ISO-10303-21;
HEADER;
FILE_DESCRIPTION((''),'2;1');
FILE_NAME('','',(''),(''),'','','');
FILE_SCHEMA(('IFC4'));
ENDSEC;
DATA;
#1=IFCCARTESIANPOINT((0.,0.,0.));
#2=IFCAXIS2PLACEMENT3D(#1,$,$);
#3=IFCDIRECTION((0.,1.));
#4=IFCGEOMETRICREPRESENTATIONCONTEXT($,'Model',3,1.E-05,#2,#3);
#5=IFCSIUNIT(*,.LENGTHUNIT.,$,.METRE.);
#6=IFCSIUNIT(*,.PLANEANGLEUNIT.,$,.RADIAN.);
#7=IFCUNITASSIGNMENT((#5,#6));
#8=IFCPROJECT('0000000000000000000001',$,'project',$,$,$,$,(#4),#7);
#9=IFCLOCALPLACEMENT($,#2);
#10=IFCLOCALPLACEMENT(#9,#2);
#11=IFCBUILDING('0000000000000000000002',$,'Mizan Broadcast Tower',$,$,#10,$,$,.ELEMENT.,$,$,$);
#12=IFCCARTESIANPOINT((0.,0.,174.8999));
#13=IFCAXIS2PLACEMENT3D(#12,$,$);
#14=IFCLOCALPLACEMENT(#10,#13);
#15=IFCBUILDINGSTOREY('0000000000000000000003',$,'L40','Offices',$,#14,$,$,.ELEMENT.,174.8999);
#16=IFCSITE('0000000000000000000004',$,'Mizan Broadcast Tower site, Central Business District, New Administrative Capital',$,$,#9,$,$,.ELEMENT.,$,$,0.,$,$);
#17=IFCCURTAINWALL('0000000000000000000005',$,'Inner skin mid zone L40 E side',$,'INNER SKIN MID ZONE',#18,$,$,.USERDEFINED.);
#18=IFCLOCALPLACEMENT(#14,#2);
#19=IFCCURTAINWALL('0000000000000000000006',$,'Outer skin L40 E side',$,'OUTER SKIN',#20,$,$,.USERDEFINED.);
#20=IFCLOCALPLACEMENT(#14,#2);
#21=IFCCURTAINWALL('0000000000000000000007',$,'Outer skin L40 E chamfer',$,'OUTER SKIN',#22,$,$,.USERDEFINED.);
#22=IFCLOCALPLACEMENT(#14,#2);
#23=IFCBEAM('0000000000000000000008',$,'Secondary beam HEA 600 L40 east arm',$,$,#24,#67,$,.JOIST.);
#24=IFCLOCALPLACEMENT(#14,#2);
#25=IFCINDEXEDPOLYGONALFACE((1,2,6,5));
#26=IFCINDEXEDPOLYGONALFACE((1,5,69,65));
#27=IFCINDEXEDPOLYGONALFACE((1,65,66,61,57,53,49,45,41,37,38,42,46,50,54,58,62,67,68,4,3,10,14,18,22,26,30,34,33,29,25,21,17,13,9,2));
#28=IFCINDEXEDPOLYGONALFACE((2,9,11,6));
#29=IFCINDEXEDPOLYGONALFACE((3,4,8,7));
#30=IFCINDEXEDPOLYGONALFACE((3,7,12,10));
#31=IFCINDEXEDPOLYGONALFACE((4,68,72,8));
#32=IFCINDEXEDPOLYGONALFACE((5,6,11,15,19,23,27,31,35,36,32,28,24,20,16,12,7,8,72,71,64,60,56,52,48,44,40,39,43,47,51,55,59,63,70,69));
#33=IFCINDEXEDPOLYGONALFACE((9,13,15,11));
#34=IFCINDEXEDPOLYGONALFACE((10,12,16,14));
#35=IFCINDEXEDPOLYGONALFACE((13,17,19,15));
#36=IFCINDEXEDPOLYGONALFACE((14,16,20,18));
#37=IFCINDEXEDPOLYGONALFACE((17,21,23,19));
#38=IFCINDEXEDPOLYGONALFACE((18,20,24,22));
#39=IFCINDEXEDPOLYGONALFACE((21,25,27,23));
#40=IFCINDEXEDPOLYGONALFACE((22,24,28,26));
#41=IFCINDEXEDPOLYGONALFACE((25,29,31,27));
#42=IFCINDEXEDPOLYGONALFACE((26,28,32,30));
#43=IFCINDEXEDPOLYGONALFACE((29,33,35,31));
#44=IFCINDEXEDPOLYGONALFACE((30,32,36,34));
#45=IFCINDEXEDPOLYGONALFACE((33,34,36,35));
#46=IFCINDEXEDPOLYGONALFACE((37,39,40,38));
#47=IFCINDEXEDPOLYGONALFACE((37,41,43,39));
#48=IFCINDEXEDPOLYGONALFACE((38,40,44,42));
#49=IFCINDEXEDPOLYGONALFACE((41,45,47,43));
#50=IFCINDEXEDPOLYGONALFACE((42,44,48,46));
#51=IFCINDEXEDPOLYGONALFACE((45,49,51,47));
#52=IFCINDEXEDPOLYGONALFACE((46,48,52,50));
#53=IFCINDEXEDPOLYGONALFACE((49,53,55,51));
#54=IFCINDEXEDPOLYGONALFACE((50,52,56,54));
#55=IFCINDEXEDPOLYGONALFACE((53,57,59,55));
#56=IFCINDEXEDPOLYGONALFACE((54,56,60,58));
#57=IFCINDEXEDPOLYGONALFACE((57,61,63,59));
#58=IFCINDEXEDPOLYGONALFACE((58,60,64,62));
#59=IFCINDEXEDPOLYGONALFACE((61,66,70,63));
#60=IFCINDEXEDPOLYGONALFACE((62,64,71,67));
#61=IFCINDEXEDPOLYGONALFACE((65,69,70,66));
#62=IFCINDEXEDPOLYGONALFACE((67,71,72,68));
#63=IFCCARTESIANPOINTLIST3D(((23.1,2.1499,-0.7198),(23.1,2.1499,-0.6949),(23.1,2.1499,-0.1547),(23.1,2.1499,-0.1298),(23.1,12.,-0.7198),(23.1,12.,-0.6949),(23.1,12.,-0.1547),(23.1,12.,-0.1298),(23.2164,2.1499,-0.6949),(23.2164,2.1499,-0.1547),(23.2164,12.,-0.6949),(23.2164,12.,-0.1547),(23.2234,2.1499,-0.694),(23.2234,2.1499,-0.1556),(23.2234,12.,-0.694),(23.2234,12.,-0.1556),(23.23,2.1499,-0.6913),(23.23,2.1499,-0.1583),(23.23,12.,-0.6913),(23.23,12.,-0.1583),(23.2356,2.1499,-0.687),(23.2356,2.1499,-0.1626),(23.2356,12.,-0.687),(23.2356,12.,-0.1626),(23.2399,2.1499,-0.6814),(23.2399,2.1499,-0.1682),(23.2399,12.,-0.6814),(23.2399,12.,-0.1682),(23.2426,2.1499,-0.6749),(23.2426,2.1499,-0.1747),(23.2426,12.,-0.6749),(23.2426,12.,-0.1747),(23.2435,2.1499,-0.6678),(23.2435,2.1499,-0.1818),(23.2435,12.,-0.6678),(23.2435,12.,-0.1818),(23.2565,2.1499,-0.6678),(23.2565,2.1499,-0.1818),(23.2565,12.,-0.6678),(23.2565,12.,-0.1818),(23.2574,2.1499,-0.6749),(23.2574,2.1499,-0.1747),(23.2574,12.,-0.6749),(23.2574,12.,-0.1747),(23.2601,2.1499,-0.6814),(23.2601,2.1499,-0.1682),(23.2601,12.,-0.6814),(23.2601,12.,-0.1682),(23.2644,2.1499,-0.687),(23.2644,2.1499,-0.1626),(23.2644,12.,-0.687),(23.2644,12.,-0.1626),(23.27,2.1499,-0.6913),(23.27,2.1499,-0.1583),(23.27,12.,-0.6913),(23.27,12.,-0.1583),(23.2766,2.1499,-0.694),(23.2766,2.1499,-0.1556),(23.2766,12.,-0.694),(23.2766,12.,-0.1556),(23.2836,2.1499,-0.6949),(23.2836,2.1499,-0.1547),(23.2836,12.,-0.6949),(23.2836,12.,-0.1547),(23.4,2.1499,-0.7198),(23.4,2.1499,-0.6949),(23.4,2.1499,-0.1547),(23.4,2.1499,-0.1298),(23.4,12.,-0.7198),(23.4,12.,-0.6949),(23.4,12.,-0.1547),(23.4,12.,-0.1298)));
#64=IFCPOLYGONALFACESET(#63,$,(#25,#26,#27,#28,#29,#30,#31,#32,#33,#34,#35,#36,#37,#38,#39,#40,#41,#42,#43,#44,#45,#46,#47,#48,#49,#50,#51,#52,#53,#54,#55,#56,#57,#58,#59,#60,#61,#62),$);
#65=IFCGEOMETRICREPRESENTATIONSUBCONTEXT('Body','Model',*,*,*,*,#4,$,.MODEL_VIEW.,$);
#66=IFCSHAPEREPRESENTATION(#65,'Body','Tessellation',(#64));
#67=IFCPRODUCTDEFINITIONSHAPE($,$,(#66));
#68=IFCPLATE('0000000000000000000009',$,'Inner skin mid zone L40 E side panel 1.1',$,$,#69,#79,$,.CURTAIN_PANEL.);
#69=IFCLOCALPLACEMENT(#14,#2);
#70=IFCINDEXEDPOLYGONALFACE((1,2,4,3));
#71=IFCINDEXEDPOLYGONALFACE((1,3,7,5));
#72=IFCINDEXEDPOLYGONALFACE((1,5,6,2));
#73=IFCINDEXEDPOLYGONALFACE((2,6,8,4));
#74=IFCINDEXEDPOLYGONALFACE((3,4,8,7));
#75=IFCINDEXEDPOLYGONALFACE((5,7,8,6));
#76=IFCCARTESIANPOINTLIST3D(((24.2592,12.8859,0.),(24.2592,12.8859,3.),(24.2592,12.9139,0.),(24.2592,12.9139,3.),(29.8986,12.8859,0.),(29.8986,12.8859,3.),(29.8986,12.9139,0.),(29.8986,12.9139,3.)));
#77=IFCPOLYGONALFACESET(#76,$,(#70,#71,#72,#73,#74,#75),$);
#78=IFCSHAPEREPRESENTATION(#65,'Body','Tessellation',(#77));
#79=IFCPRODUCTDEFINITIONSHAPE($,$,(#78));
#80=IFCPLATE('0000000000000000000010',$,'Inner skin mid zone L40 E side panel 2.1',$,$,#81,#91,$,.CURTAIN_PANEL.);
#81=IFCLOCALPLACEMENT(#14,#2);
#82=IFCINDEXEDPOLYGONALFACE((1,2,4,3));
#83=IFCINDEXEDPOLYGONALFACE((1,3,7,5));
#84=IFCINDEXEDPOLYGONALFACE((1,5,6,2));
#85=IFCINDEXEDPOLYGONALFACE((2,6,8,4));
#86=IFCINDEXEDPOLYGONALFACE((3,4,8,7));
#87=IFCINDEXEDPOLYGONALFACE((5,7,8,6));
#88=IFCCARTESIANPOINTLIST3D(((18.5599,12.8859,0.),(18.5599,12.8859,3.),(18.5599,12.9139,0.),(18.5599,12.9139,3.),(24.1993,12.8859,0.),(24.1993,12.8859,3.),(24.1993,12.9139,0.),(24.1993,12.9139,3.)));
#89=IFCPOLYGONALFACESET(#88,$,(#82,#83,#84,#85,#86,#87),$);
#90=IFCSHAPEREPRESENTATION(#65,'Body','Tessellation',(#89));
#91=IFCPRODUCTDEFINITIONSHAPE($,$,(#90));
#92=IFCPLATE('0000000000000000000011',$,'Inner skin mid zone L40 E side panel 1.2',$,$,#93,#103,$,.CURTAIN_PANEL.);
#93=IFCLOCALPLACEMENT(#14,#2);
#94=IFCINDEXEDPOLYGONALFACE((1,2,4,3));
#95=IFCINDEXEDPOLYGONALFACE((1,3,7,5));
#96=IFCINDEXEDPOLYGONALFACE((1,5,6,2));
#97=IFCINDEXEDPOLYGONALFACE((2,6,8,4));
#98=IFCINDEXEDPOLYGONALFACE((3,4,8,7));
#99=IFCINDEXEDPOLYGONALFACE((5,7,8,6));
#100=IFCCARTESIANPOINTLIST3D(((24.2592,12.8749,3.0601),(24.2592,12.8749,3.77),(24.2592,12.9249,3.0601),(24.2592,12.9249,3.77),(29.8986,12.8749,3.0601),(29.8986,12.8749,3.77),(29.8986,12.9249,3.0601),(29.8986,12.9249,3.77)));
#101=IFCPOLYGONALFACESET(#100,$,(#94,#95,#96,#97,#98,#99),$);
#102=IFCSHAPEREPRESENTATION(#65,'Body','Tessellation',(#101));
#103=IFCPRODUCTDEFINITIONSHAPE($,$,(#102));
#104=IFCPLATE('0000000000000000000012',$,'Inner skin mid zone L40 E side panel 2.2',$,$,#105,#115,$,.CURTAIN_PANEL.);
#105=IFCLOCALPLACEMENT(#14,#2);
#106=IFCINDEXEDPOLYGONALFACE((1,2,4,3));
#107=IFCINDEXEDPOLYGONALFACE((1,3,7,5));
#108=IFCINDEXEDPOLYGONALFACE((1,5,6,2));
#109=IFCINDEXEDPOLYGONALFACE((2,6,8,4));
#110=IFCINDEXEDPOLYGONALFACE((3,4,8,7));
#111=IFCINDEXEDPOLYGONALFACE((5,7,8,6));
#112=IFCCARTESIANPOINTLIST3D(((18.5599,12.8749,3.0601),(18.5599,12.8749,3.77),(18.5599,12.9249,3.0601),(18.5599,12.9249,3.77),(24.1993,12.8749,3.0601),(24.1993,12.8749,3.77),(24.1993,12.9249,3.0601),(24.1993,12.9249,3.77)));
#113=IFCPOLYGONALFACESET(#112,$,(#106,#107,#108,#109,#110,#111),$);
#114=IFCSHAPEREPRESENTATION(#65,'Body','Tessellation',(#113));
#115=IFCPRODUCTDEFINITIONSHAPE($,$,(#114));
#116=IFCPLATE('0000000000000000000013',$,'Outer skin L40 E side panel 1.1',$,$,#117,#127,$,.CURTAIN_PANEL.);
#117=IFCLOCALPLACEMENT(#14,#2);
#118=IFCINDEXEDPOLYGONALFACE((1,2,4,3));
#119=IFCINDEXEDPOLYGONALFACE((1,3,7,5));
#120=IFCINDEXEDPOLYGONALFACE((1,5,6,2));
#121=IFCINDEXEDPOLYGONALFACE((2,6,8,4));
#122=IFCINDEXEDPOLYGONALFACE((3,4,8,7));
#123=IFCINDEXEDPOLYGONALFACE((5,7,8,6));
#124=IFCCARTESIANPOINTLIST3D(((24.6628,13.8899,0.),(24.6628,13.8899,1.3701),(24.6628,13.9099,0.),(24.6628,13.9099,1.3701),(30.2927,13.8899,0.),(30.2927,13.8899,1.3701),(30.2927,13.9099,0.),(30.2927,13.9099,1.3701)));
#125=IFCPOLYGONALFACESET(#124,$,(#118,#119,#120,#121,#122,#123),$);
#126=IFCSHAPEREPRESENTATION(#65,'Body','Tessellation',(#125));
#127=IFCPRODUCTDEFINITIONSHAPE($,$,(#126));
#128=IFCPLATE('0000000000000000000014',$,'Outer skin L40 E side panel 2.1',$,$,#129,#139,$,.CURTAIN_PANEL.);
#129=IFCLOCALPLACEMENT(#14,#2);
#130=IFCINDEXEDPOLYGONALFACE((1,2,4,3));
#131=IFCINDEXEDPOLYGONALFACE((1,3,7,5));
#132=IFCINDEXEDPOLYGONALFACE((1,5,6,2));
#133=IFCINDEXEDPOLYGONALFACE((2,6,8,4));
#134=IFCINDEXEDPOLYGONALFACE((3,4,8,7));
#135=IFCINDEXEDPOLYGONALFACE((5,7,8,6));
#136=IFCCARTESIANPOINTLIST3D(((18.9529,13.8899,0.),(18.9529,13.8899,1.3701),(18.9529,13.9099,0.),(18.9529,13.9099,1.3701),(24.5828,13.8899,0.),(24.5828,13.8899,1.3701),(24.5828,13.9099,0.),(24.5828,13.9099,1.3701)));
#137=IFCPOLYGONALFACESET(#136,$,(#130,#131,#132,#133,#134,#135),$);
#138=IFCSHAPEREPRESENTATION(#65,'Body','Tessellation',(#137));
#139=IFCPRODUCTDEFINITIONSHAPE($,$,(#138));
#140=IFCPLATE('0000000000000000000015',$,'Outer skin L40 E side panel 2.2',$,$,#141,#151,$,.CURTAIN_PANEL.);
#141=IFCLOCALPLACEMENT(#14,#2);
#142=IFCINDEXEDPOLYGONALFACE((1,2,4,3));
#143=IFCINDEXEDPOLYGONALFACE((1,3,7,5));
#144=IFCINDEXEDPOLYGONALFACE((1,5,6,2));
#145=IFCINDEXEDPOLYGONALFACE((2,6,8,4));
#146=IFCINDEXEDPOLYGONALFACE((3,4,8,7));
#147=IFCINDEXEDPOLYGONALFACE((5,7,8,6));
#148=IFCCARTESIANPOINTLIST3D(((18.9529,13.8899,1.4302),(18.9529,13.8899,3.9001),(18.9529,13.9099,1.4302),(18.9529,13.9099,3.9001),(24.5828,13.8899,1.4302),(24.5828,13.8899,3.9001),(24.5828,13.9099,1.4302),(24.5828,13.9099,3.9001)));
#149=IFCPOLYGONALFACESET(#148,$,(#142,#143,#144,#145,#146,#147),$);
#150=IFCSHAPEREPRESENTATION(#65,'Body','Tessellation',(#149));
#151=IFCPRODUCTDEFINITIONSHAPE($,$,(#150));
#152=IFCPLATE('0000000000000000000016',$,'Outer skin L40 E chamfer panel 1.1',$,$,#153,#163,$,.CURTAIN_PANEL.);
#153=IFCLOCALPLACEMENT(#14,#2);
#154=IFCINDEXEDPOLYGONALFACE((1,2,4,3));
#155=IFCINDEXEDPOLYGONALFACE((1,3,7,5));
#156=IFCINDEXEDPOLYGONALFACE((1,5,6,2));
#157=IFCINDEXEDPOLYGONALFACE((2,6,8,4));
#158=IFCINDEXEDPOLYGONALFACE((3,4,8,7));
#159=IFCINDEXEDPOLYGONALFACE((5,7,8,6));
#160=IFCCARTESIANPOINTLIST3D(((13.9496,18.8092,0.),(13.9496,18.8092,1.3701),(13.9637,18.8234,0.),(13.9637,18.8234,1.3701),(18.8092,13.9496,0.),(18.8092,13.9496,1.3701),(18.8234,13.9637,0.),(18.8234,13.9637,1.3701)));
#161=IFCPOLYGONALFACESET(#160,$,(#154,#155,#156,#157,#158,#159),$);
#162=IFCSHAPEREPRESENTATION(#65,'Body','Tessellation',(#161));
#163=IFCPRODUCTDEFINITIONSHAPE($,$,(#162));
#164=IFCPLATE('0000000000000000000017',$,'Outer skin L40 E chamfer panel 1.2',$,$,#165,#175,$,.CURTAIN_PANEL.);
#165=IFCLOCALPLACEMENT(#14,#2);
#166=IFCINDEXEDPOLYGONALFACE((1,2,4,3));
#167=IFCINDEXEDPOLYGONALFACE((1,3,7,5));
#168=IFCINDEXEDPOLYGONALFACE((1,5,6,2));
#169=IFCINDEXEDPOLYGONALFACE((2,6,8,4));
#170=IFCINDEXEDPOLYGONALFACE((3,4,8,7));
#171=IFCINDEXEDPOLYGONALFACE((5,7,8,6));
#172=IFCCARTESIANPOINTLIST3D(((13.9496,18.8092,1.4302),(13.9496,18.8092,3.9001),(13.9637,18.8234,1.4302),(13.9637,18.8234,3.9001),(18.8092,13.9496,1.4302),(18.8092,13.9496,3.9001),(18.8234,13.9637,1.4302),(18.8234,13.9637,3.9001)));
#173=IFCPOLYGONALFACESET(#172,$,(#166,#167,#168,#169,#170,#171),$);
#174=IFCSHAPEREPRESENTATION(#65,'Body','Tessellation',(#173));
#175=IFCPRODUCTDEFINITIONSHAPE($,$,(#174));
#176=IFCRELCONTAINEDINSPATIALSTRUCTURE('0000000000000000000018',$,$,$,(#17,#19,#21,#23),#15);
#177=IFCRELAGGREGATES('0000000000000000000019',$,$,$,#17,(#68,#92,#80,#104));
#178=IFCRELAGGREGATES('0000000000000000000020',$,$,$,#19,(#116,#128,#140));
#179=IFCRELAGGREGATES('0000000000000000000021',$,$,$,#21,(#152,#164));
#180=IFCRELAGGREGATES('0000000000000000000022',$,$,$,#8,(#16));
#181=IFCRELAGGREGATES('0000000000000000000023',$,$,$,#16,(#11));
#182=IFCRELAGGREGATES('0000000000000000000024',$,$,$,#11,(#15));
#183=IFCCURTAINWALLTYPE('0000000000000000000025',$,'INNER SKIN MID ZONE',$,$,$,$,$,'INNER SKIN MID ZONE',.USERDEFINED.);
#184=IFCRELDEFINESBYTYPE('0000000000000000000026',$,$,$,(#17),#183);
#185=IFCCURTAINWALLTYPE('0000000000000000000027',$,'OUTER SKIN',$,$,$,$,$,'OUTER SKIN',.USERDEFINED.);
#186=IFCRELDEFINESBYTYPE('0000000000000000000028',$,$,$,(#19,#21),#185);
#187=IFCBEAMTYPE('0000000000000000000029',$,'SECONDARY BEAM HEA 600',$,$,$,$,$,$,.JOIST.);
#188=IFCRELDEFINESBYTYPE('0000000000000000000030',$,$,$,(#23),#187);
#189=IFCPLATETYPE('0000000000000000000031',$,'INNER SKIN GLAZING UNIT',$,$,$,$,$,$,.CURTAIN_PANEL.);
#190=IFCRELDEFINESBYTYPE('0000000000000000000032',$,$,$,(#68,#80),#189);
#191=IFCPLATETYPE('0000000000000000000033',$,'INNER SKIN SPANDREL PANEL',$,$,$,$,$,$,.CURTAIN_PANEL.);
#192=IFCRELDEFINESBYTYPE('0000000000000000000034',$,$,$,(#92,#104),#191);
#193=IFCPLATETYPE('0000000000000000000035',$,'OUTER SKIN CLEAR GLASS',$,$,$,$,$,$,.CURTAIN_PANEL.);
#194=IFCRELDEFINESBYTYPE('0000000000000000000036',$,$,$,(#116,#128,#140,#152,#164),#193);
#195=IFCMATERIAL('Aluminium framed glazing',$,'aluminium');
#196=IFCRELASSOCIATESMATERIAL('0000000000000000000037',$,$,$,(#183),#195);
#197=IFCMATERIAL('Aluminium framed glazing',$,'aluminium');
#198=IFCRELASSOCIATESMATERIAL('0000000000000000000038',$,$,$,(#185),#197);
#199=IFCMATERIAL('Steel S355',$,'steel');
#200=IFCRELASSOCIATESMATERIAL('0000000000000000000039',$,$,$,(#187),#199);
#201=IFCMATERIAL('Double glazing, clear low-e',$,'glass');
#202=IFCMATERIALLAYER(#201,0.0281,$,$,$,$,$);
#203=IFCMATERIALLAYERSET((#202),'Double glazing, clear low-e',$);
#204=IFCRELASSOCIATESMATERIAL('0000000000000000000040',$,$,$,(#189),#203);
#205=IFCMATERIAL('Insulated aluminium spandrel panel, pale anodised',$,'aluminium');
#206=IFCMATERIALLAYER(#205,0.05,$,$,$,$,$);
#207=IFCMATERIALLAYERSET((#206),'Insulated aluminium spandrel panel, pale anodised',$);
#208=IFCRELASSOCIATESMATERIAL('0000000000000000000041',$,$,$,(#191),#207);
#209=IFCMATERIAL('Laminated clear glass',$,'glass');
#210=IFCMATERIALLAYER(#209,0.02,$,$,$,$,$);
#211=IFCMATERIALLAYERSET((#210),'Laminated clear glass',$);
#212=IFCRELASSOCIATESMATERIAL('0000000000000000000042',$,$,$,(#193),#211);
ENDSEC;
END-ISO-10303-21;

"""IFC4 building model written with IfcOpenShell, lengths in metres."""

from ifc_helpers import new_model, si_unit, direction, frame, origin, origin_2d, place, context, subcontext, project, spatial, rectangle, i_section, extrude, material, layer, layer_set, material_profile, profile_set, type_object, element, aggregate, save


model = new_model("IFC4")

# Units and contexts
model_context = context("Model", 3, precision=1e-05, world=origin(), true_north=direction((0.0, 1.0)))
body_context = subcontext(model_context, "Body", "Model", "MODEL_VIEW")
ifc_project = project(units=[si_unit("LENGTHUNIT", "METRE"), si_unit("PLANEANGLEUNIT", "RADIAN")], contexts=[model_context])

# Site, building, storey
site_placement = place(None, origin())
site = spatial("IfcSite", under=ifc_project, at=site_placement, Name="Mizan Broadcast Tower site, Central Business District, New Administrative Capital", CompositionType="ELEMENT", RefElevation=0.0)
building_placement = place(site_placement, origin())
building = spatial("IfcBuilding", under=site, at=building_placement, Name="Mizan Broadcast Tower", CompositionType="ELEMENT")
storey_placement = place(building_placement, frame((0.0, 0.0, 174.8999)))
storey = spatial("IfcBuildingStorey", under=building, at=storey_placement, Name="L40", Description="Offices", CompositionType="ELEMENT", Elevation=174.8999)

# Curtain walls
ifc_material_1 = material(Name="Aluminium framed glazing", Category="aluminium")
curtain_wall_type_1 = type_object("IfcCurtainWallType", Name="INNER SKIN MID ZONE", ElementType="INNER SKIN MID ZONE", PredefinedType="USERDEFINED", material=ifc_material_1)
curtain_wall_1_placement = place(storey_placement, origin())
curtain_wall_1 = element("IfcCurtainWall", 1, at=curtain_wall_1_placement, inside=storey, type_object=curtain_wall_type_1, Name="Inner skin mid zone L40 E side", ObjectType="INNER SKIN MID ZONE", PredefinedType="USERDEFINED")
ifc_material_2 = material(Name="Aluminium framed glazing", Category="aluminium")
curtain_wall_type_2 = type_object("IfcCurtainWallType", Name="OUTER SKIN", ElementType="OUTER SKIN", PredefinedType="USERDEFINED", material=ifc_material_2)
curtain_wall_2_placement = place(storey_placement, origin())
curtain_wall_2 = element("IfcCurtainWall", 2, at=curtain_wall_2_placement, inside=storey, type_object=curtain_wall_type_2, Name="Outer skin L40 E side", ObjectType="OUTER SKIN", PredefinedType="USERDEFINED")

# Curtain wall
curtain_wall_3_placement = place(storey_placement, origin())
curtain_wall_3 = element("IfcCurtainWall", 3, at=curtain_wall_3_placement, inside=storey, type_object=curtain_wall_type_2, Name="Outer skin L40 E chamfer", ObjectType="OUTER SKIN", PredefinedType="USERDEFINED")

# Beam
ifc_material_3 = material(Name="Steel S355", Category="steel")
ifc_material_profile_1 = material_profile(ifc_material_3, i_section(OverallWidth=0.3, OverallDepth=0.5901, WebThickness=0.0129, FlangeThickness=0.0249, FilletRadius=0.0271, at=origin_2d()), Name="HEA 600")
ifc_profile_set_1 = profile_set([ifc_material_profile_1], Name="Steel S355")
beam_type_1 = type_object("IfcBeamType", Name="SECONDARY BEAM HEA 600", PredefinedType="JOIST", material=ifc_profile_set_1)
for number, where, z_axis, x_axis, name in (
    (4, (23.25, 12.0, -0.4248), (0.0, -1.0, 0.0), (1.0, 0.0, 0.0), "Secondary beam HEA 600 L40 east arm"),
):
    element("IfcBeam", number, at=place(storey_placement, frame(where, z_axis=z_axis, x_axis=x_axis)), inside=storey, type_object=beam_type_1, Name=name, PredefinedType="JOIST", context=body_context, shape_type="SweptSolid", body=[
        extrude(i_section(OverallWidth=0.3, OverallDepth=0.5901, WebThickness=0.0129, FlangeThickness=0.0249, FilletRadius=0.0271, at=origin_2d()), origin(), (0.0, 0.0, 1.0), 9.8501),
    ])

# Plates
ifc_material_4 = material(Name="Double glazing, clear low-e", Category="glass")
ifc_layer_1 = layer(ifc_material_4, 0.0281)
ifc_layer_set_1 = layer_set([ifc_layer_1], Name="Double glazing, clear low-e")
plate_type_1 = type_object("IfcPlateType", Name="INNER SKIN GLAZING UNIT", PredefinedType="CURTAIN_PANEL", material=ifc_layer_set_1)
plate_1_placement = place(storey_placement, frame((27.0789, 12.8999, 0.0), z_axis=(0.0, 0.0, 1.0), x_axis=(-1.0, 0.0, 0.0)))
plate_1 = element("IfcPlate", 5, at=plate_1_placement, type_object=plate_type_1, Name="Inner skin mid zone L40 E side panel 1.1", PredefinedType="CURTAIN_PANEL", context=body_context, shape_type="SweptSolid", body=[
    extrude(rectangle(XDim=5.6394, YDim=0.0281, at=origin_2d()), origin(), (0.0, 0.0, 1.0), 3.0),
])
plate_2_placement = place(storey_placement, frame((21.3796, 12.8999, 0.0), z_axis=(0.0, 0.0, 1.0), x_axis=(-1.0, 0.0, 0.0)))
plate_2 = element("IfcPlate", 6, at=plate_2_placement, type_object=plate_type_1, Name="Inner skin mid zone L40 E side panel 2.1", PredefinedType="CURTAIN_PANEL", context=body_context, shape_type="SweptSolid", body=[
    extrude(rectangle(XDim=5.6394, YDim=0.0281, at=origin_2d()), origin(), (0.0, 0.0, 1.0), 3.0),
])
ifc_material_5 = material(Name="Insulated aluminium spandrel panel, pale anodised", Category="aluminium")
ifc_layer_2 = layer(ifc_material_5, 0.05)
ifc_layer_set_2 = layer_set([ifc_layer_2], Name="Insulated aluminium spandrel panel, pale anodised")
plate_type_2 = type_object("IfcPlateType", Name="INNER SKIN SPANDREL PANEL", PredefinedType="CURTAIN_PANEL", material=ifc_layer_set_2)
plate_3_placement = place(storey_placement, frame((27.0789, 12.8999, 3.0601), z_axis=(0.0, 0.0, 1.0), x_axis=(-1.0, 0.0, 0.0)))
plate_3 = element("IfcPlate", 7, at=plate_3_placement, type_object=plate_type_2, Name="Inner skin mid zone L40 E side panel 1.2", PredefinedType="CURTAIN_PANEL", context=body_context, shape_type="SweptSolid", body=[
    extrude(rectangle(XDim=5.6394, YDim=0.05, at=origin_2d()), origin(), (0.0, 0.0, 1.0), 0.71),
])
plate_4_placement = place(storey_placement, frame((21.3796, 12.8999, 3.0601), z_axis=(0.0, 0.0, 1.0), x_axis=(-1.0, 0.0, 0.0)))
plate_4 = element("IfcPlate", 8, at=plate_4_placement, type_object=plate_type_2, Name="Inner skin mid zone L40 E side panel 2.2", PredefinedType="CURTAIN_PANEL", context=body_context, shape_type="SweptSolid", body=[
    extrude(rectangle(XDim=5.6394, YDim=0.05, at=origin_2d()), origin(), (0.0, 0.0, 1.0), 0.71),
])
aggregate(curtain_wall_1, [plate_1, plate_3, plate_2, plate_4])
ifc_material_6 = material(Name="Laminated clear glass", Category="glass")
ifc_layer_3 = layer(ifc_material_6, 0.02)
ifc_layer_set_3 = layer_set([ifc_layer_3], Name="Laminated clear glass")
plate_type_3 = type_object("IfcPlateType", Name="OUTER SKIN CLEAR GLASS", PredefinedType="CURTAIN_PANEL", material=ifc_layer_set_3)
plate_5_placement = place(storey_placement, frame((27.4778, 13.8999, 0.0), z_axis=(0.0, 0.0, 1.0), x_axis=(-1.0, 0.0, 0.0)))
plate_5 = element("IfcPlate", 9, at=plate_5_placement, type_object=plate_type_3, Name="Outer skin L40 E side panel 1.1", PredefinedType="CURTAIN_PANEL", context=body_context, shape_type="SweptSolid", body=[
    extrude(rectangle(XDim=5.6299, YDim=0.02, at=origin_2d()), origin(), (0.0, 0.0, 1.0), 1.3701),
])
plate_6_placement = place(storey_placement, frame((21.7678, 13.8999, 0.0), z_axis=(0.0, 0.0, 1.0), x_axis=(-1.0, 0.0, 0.0)))
plate_6 = element("IfcPlate", 10, at=plate_6_placement, type_object=plate_type_3, Name="Outer skin L40 E side panel 2.1", PredefinedType="CURTAIN_PANEL", context=body_context, shape_type="SweptSolid", body=[
    extrude(rectangle(XDim=5.6299, YDim=0.02, at=origin_2d()), origin(), (0.0, 0.0, 1.0), 1.3701),
])
plate_7_placement = place(storey_placement, frame((21.7678, 13.8999, 1.4302), z_axis=(0.0, 0.0, 1.0), x_axis=(-1.0, 0.0, 0.0)))
plate_7 = element("IfcPlate", 11, at=plate_7_placement, type_object=plate_type_3, Name="Outer skin L40 E side panel 2.2", PredefinedType="CURTAIN_PANEL", context=body_context, shape_type="SweptSolid", body=[
    extrude(rectangle(XDim=5.6299, YDim=0.02, at=origin_2d()), origin(), (0.0, 0.0, 1.0), 2.47),
])
aggregate(curtain_wall_2, [plate_5, plate_6, plate_7])
plate_8_placement = place(storey_placement, frame((16.3865, 16.3865, 0.0), z_axis=(0.0, 0.0, 1.0), x_axis=(-0.707107, 0.707107, 0.0)))
plate_8 = element("IfcPlate", 12, at=plate_8_placement, type_object=plate_type_3, Name="Outer skin L40 E chamfer panel 1.1", PredefinedType="CURTAIN_PANEL", context=body_context, shape_type="SweptSolid", body=[
    extrude(rectangle(XDim=6.8726, YDim=0.02, at=origin_2d()), origin(), (0.0, 0.0, 1.0), 1.3701),
])
plate_9_placement = place(storey_placement, frame((16.3865, 16.3865, 1.4302), z_axis=(0.0, 0.0, 1.0), x_axis=(-0.707107, 0.707107, 0.0)))
plate_9 = element("IfcPlate", 13, at=plate_9_placement, type_object=plate_type_3, Name="Outer skin L40 E chamfer panel 1.2", PredefinedType="CURTAIN_PANEL", context=body_context, shape_type="SweptSolid", body=[
    extrude(rectangle(XDim=6.8726, YDim=0.02, at=origin_2d()), origin(), (0.0, 0.0, 1.0), 2.47),
])
aggregate(curtain_wall_3, [plate_8, plate_9])

save(model, "model.ifc")
